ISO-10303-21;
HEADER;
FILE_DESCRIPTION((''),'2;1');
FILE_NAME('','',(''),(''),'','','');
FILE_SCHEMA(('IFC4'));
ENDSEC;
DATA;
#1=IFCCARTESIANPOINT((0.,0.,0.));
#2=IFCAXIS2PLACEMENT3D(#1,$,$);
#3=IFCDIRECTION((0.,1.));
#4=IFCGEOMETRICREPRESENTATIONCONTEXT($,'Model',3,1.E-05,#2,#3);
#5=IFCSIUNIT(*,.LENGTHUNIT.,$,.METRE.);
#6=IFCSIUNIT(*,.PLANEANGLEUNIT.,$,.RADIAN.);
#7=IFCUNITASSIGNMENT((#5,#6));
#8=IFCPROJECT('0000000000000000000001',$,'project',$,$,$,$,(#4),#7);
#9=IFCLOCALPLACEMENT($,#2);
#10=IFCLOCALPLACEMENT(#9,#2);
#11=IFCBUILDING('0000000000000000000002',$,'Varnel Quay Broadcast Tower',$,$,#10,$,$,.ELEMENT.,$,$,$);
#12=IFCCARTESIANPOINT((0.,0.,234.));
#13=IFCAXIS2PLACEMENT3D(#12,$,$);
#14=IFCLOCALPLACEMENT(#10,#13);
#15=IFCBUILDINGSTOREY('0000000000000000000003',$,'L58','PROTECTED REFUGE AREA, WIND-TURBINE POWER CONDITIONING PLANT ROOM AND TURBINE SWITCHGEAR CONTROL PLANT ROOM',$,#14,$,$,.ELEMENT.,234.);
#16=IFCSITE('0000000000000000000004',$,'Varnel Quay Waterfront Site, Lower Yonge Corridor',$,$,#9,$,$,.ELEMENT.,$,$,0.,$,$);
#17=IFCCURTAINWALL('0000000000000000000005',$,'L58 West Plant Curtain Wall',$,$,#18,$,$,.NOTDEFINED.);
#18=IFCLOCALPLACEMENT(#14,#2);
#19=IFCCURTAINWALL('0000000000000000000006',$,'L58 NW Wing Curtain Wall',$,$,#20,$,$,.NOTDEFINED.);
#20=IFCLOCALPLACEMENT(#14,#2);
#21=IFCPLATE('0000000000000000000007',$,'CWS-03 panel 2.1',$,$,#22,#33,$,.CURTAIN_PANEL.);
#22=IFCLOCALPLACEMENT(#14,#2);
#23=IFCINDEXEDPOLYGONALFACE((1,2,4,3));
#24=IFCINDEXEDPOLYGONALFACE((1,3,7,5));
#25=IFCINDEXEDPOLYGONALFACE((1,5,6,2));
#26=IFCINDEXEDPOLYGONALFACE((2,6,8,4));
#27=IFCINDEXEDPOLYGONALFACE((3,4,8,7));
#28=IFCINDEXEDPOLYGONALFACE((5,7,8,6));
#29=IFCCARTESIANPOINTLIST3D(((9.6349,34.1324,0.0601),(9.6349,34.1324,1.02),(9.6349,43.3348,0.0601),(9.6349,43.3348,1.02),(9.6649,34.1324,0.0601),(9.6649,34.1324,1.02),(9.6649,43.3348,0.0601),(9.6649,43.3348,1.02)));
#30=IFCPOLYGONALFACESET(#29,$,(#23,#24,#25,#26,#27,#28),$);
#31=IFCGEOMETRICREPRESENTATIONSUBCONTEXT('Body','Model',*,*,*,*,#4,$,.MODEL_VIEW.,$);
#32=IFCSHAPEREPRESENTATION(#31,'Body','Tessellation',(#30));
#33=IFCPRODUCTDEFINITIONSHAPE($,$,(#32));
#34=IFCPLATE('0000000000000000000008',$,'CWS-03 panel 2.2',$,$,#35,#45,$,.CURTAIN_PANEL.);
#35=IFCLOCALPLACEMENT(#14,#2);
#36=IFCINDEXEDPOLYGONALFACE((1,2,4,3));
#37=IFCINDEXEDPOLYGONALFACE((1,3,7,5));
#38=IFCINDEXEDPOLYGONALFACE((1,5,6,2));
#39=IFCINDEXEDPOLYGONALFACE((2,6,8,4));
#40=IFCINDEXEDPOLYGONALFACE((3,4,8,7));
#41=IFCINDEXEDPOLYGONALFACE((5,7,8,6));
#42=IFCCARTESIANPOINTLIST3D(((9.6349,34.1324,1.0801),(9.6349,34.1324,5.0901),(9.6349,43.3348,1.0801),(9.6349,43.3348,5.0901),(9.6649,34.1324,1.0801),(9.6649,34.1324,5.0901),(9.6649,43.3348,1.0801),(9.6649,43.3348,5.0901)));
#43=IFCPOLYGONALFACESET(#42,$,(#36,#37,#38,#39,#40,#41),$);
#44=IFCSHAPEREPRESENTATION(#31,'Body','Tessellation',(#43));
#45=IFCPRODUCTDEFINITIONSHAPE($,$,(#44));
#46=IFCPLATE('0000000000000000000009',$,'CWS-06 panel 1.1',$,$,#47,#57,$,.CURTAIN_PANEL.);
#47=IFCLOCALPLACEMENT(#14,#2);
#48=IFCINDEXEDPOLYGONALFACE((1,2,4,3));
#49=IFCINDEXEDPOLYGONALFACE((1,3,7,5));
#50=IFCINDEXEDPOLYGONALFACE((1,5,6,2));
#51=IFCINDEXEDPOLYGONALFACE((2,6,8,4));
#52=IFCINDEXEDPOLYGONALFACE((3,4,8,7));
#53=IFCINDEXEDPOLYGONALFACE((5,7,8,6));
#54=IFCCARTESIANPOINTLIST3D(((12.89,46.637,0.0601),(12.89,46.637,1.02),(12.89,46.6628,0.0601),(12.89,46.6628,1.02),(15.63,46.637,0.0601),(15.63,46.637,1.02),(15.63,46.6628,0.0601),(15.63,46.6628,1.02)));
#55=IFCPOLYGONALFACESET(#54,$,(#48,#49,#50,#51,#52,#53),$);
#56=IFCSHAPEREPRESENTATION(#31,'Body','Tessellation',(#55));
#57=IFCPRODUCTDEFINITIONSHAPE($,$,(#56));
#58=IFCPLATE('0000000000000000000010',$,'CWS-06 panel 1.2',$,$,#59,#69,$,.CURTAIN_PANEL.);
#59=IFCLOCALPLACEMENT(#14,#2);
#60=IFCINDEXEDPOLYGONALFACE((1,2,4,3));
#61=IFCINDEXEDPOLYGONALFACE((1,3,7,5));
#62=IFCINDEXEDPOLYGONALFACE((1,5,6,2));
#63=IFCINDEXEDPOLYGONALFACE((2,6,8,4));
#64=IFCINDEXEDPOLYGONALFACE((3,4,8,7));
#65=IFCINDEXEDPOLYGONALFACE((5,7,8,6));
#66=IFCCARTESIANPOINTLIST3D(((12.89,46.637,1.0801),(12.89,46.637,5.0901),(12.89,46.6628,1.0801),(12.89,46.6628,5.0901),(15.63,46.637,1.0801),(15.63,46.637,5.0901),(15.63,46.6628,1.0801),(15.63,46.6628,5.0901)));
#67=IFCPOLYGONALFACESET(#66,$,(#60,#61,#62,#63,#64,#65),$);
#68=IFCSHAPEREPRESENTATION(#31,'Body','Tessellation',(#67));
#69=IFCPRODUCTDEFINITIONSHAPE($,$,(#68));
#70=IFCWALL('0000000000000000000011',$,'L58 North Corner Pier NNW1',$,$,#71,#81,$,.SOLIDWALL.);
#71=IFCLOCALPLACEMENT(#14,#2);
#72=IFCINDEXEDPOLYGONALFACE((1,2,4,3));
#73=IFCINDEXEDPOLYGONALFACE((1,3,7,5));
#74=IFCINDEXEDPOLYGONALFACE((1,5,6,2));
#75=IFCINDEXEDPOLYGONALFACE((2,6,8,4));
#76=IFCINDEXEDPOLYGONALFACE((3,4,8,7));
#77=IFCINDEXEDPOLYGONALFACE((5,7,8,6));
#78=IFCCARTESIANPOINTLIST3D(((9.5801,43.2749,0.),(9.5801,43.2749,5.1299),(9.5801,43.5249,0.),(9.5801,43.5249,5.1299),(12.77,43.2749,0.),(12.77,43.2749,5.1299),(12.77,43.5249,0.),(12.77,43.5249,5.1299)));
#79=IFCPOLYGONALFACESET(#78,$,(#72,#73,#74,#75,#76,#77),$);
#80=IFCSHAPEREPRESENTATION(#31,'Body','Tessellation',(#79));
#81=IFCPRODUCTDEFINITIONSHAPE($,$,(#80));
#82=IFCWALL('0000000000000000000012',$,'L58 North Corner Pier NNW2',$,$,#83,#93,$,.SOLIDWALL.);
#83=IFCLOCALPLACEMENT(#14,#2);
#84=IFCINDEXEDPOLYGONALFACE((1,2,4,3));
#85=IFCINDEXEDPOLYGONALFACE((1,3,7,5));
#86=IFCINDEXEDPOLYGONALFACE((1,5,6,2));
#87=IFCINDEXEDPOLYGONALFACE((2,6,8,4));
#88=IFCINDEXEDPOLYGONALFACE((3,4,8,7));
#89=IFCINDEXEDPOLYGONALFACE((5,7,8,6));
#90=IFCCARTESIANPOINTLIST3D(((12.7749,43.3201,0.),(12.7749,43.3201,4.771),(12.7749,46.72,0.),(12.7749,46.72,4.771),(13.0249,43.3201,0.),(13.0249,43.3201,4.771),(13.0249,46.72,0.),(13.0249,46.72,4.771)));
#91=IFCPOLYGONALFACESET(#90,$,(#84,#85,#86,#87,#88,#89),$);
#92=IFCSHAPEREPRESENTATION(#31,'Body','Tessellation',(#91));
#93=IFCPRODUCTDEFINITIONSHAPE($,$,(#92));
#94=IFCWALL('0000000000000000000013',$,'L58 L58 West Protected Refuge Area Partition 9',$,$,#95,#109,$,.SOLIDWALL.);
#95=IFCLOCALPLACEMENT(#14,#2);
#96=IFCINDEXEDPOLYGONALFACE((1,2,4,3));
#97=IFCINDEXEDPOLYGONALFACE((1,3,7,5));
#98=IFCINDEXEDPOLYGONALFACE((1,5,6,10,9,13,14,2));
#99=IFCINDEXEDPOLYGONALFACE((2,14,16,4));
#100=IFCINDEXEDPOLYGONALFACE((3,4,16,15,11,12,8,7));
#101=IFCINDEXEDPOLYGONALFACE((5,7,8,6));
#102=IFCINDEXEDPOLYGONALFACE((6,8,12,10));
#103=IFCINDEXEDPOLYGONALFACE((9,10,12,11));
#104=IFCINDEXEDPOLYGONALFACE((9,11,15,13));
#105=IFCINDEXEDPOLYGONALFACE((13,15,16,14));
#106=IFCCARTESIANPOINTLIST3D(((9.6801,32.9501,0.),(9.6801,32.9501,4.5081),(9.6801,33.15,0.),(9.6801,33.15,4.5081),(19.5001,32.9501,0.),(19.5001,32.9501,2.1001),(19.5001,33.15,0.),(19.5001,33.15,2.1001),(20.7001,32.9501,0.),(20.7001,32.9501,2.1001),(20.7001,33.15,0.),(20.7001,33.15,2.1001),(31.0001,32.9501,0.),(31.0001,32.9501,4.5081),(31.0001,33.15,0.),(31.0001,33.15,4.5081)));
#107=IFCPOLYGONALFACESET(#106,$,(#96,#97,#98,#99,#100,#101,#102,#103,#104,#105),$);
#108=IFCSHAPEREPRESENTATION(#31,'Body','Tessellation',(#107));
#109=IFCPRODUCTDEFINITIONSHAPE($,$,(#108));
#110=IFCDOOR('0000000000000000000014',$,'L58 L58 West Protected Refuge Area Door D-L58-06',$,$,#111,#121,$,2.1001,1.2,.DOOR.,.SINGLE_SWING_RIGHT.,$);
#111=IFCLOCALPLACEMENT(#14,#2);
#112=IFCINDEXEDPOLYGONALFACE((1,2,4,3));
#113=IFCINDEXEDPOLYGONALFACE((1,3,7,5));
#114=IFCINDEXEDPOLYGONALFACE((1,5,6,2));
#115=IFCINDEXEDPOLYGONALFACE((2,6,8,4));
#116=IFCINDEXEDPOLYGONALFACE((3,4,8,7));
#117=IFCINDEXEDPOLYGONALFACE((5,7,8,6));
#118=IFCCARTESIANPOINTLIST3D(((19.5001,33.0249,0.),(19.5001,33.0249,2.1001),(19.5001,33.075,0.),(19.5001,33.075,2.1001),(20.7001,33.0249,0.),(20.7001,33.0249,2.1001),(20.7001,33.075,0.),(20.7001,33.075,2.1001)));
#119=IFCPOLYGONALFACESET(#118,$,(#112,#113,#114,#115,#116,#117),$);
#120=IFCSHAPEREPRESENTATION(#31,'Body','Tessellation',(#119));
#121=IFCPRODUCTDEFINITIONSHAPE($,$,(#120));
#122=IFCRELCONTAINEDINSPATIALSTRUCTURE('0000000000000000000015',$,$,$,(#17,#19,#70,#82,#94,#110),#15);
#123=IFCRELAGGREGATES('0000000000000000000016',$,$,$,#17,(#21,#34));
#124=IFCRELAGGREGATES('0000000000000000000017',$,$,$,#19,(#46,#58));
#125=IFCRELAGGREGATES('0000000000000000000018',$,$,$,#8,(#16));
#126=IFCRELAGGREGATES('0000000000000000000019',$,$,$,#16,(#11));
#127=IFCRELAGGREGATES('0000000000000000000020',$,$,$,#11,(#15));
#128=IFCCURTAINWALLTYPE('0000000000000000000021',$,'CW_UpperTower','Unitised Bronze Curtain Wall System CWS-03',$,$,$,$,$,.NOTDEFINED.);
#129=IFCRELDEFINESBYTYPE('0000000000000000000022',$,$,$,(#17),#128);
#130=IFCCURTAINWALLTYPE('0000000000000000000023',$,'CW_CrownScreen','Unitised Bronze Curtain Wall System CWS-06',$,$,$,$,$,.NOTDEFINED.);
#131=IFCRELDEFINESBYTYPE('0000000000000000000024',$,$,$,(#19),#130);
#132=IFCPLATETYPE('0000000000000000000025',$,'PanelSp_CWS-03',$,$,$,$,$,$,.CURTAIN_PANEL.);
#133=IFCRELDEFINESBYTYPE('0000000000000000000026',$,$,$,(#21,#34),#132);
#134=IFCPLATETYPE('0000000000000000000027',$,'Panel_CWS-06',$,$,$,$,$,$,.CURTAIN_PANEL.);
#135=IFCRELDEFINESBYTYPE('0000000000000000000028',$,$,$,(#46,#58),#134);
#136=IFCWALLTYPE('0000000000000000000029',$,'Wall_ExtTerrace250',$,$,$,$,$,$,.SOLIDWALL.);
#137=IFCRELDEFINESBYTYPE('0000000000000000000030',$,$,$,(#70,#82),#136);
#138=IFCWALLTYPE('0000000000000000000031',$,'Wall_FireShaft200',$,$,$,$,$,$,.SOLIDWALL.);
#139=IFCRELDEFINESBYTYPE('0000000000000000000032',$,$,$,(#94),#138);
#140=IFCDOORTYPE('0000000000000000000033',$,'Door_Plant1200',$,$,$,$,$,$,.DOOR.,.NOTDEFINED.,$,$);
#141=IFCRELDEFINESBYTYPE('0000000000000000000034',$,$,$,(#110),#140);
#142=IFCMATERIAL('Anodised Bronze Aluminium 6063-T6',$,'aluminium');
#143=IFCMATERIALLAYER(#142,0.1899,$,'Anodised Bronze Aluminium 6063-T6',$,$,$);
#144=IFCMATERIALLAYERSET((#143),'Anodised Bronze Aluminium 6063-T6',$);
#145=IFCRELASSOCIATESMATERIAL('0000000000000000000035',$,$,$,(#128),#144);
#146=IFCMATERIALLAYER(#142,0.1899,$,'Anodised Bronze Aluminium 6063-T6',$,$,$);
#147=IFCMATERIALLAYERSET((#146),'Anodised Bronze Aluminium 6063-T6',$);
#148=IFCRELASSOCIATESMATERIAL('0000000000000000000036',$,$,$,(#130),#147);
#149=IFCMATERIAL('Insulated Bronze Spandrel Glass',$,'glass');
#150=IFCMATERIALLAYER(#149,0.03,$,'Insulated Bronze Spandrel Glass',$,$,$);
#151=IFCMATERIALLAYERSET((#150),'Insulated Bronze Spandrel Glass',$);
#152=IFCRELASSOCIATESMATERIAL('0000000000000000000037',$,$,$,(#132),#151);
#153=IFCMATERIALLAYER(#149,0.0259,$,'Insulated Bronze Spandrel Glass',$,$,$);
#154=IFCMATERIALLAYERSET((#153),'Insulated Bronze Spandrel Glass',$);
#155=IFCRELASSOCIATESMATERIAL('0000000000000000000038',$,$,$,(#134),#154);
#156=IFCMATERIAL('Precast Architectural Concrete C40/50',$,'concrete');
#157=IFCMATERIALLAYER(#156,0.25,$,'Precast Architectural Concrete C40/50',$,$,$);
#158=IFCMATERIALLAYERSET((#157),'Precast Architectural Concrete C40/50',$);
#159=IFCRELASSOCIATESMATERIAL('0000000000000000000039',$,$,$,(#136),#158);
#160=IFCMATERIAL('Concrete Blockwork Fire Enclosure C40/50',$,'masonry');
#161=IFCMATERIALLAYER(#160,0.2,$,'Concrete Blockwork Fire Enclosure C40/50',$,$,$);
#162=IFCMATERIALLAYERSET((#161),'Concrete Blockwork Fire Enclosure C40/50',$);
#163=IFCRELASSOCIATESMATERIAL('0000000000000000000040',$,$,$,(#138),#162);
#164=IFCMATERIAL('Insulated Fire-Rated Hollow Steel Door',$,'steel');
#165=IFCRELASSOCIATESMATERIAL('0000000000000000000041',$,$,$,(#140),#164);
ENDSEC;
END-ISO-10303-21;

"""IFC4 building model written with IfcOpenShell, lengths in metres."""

from ifc_helpers import new_model, si_unit, direction, frame, frame_2d, origin, origin_2d, place, context, subcontext, project, spatial, rectangle, extrude, source, transform, mapped, material, layer, layer_set, type_object, type_shapes, element, fill, aggregate, save


model = new_model("IFC4")

# Units and contexts
model_context = context("Model", 3, precision=1e-05, world=origin(), true_north=direction((0.0, 1.0)))
body_context = subcontext(model_context, "Body", "Model", "MODEL_VIEW")
ifc_project = project(units=[si_unit("LENGTHUNIT", "METRE"), si_unit("PLANEANGLEUNIT", "RADIAN")], contexts=[model_context])

# Site, building, storey
site_placement = place(None, origin())
site = spatial("IfcSite", under=ifc_project, at=site_placement, Name="Varnel Quay Waterfront Site, Lower Yonge Corridor", CompositionType="ELEMENT", RefElevation=0.0)
building_placement = place(site_placement, origin())
building = spatial("IfcBuilding", under=site, at=building_placement, Name="Varnel Quay Broadcast Tower", CompositionType="ELEMENT")
storey_placement = place(building_placement, frame((0.0, 0.0, 234.0)))
storey = spatial("IfcBuildingStorey", under=building, at=storey_placement, Name="L58", Description="PROTECTED REFUGE AREA, WIND-TURBINE POWER CONDITIONING PLANT ROOM AND TURBINE SWITCHGEAR CONTROL PLANT ROOM", CompositionType="ELEMENT", Elevation=234.0)

# Curtain walls
ifc_material_1 = material(Name="Anodised Bronze Aluminium 6063-T6", Category="aluminium")
ifc_layer_1 = layer(ifc_material_1, 0.1899, Name="Anodised Bronze Aluminium 6063-T6")
ifc_layer_set_1 = layer_set([ifc_layer_1], Name="Anodised Bronze Aluminium 6063-T6")
curtain_wall_type_1 = type_object("IfcCurtainWallType", Name="CW_UpperTower", Description="Unitised Bronze Curtain Wall System CWS-03", PredefinedType="NOTDEFINED", material=ifc_layer_set_1)
curtain_wall_1_placement = place(storey_placement, origin())
curtain_wall_1 = element("IfcCurtainWall", 1, at=curtain_wall_1_placement, inside=storey, type_object=curtain_wall_type_1, Name="L58 West Plant Curtain Wall", PredefinedType="NOTDEFINED")
ifc_layer_2 = layer(ifc_material_1, 0.1899, Name="Anodised Bronze Aluminium 6063-T6")
ifc_layer_set_2 = layer_set([ifc_layer_2], Name="Anodised Bronze Aluminium 6063-T6")
curtain_wall_type_2 = type_object("IfcCurtainWallType", Name="CW_CrownScreen", Description="Unitised Bronze Curtain Wall System CWS-06", PredefinedType="NOTDEFINED", material=ifc_layer_set_2)
curtain_wall_2_placement = place(storey_placement, origin())
curtain_wall_2 = element("IfcCurtainWall", 2, at=curtain_wall_2_placement, inside=storey, type_object=curtain_wall_type_2, Name="L58 NW Wing Curtain Wall", PredefinedType="NOTDEFINED")

# Plates
ifc_material_2 = material(Name="Insulated Bronze Spandrel Glass", Category="glass")
ifc_layer_3 = layer(ifc_material_2, 0.03, Name="Insulated Bronze Spandrel Glass")
ifc_layer_set_3 = layer_set([ifc_layer_3], Name="Insulated Bronze Spandrel Glass")
plate_type_1 = type_object("IfcPlateType", Name="PanelSp_CWS-03", PredefinedType="CURTAIN_PANEL", material=ifc_layer_set_3)
shared_shape_1 = source(origin(), body_context, "Body", "SweptSolid", [
    extrude(rectangle(XDim=9.2024, YDim=0.03, at=origin_2d()), origin(), (0.0, 0.0, 1.0), 0.96),
])
plate_1_placement = place(storey_placement, frame((9.6499, 38.7336, 0.0601), z_axis=(0.0, 0.0, 1.0), x_axis=(0.0, 1.0, 0.0)))
plate_1 = element("IfcPlate", 3, at=plate_1_placement, type_object=plate_type_1, Name="CWS-03 panel 2.1", PredefinedType="CURTAIN_PANEL", context=body_context, shape_type="MappedRepresentation", body=[
    mapped(shared_shape_1, transform((0.0, 0.0, 0.0), x_axis=(1.0, 0.0, 0.0), y_axis=(0.0, 1.0, 0.0), z_axis=(0.0, 0.0, 1.0), scale=1.0)),
])
shared_shape_2 = source(origin(), body_context, "Body", "SweptSolid", [
    extrude(rectangle(XDim=9.2024, YDim=0.03, at=origin_2d()), origin(), (0.0, 0.0, 1.0), 4.01),
])
type_shapes(plate_type_1, [shared_shape_1, shared_shape_2])
plate_2_placement = place(storey_placement, frame((9.6499, 38.7336, 1.0801), z_axis=(0.0, 0.0, 1.0), x_axis=(0.0, 1.0, 0.0)))
plate_2 = element("IfcPlate", 4, at=plate_2_placement, type_object=plate_type_1, Name="CWS-03 panel 2.2", PredefinedType="CURTAIN_PANEL", context=body_context, shape_type="MappedRepresentation", body=[
    mapped(shared_shape_2, transform((0.0, 0.0, 0.0), x_axis=(1.0, 0.0, 0.0), y_axis=(0.0, 1.0, 0.0), z_axis=(0.0, 0.0, 1.0), scale=1.0)),
])
aggregate(curtain_wall_1, [plate_1, plate_2])
ifc_layer_4 = layer(ifc_material_2, 0.0259, Name="Insulated Bronze Spandrel Glass")
ifc_layer_set_4 = layer_set([ifc_layer_4], Name="Insulated Bronze Spandrel Glass")
plate_type_2 = type_object("IfcPlateType", Name="Panel_CWS-06", PredefinedType="CURTAIN_PANEL", material=ifc_layer_set_4)
shared_shape_3 = source(origin(), body_context, "Body", "SweptSolid", [
    extrude(rectangle(XDim=2.74, YDim=0.0259, at=origin_2d()), origin(), (0.0, 0.0, 1.0), 0.96),
])
plate_3_placement = place(storey_placement, frame((14.26, 46.6499, 0.0601), z_axis=(0.0, 0.0, 1.0), x_axis=(1.0, 0.0, 0.0)))
plate_3 = element("IfcPlate", 5, at=plate_3_placement, type_object=plate_type_2, Name="CWS-06 panel 1.1", PredefinedType="CURTAIN_PANEL", context=body_context, shape_type="MappedRepresentation", body=[
    mapped(shared_shape_3, transform((0.0, 0.0, 0.0), x_axis=(1.0, 0.0, 0.0), y_axis=(0.0, 1.0, 0.0), z_axis=(0.0, 0.0, 1.0), scale=1.0)),
])
shared_shape_4 = source(origin(), body_context, "Body", "SweptSolid", [
    extrude(rectangle(XDim=2.74, YDim=0.0259, at=origin_2d()), origin(), (0.0, 0.0, 1.0), 4.01),
])
type_shapes(plate_type_2, [shared_shape_3, shared_shape_4])
plate_4_placement = place(storey_placement, frame((14.26, 46.6499, 1.0801), z_axis=(0.0, 0.0, 1.0), x_axis=(1.0, 0.0, 0.0)))
plate_4 = element("IfcPlate", 6, at=plate_4_placement, type_object=plate_type_2, Name="CWS-06 panel 1.2", PredefinedType="CURTAIN_PANEL", context=body_context, shape_type="MappedRepresentation", body=[
    mapped(shared_shape_4, transform((0.0, 0.0, 0.0), x_axis=(1.0, 0.0, 0.0), y_axis=(0.0, 1.0, 0.0), z_axis=(0.0, 0.0, 1.0), scale=1.0)),
])
aggregate(curtain_wall_2, [plate_3, plate_4])

# Walls
ifc_material_3 = material(Name="Precast Architectural Concrete C40/50", Category="concrete")
ifc_layer_5 = layer(ifc_material_3, 0.25, Name="Precast Architectural Concrete C40/50")
ifc_layer_set_5 = layer_set([ifc_layer_5], Name="Precast Architectural Concrete C40/50")
wall_type_1 = type_object("IfcWallType", Name="Wall_ExtTerrace250", PredefinedType="SOLIDWALL", material=ifc_layer_set_5)
wall_1_placement = place(storey_placement, frame((9.5801, 43.3999, 0.0), z_axis=(0.0, 0.0, 1.0), x_axis=(1.0, 0.0, 0.0)))
element("IfcWall", 7, at=wall_1_placement, inside=storey, type_object=wall_type_1, Name="L58 North Corner Pier NNW1", PredefinedType="SOLIDWALL", context=body_context, shape_type="SweptSolid", body=[
    extrude(rectangle(XDim=3.1899, YDim=0.25, at=frame_2d((1.595, 0.0))), origin(), (0.0, 0.0, 1.0), 5.1299),
])
wall_2_placement = place(storey_placement, frame((12.8999, 43.3201, 0.0), z_axis=(0.0, 0.0, 1.0), x_axis=(0.0, 1.0, 0.0)))
element("IfcWall", 8, at=wall_2_placement, inside=storey, type_object=wall_type_1, Name="L58 North Corner Pier NNW2", PredefinedType="SOLIDWALL", context=body_context, shape_type="SweptSolid", body=[
    extrude(rectangle(XDim=3.3999, YDim=0.25, at=frame_2d((1.7, 0.0))), origin(), (0.0, 0.0, 1.0), 4.771),
])

# Wall, opening, door
ifc_material_4 = material(Name="Concrete Blockwork Fire Enclosure C40/50", Category="masonry")
ifc_layer_6 = layer(ifc_material_4, 0.2, Name="Concrete Blockwork Fire Enclosure C40/50")
ifc_layer_set_6 = layer_set([ifc_layer_6], Name="Concrete Blockwork Fire Enclosure C40/50")
wall_type_2 = type_object("IfcWallType", Name="Wall_FireShaft200", PredefinedType="SOLIDWALL", material=ifc_layer_set_6)
wall_3_placement = place(storey_placement, frame((9.6799, 33.05, 0.0), z_axis=(0.0, 0.0, 1.0), x_axis=(1.0, 0.0, 0.0)))
wall_3 = element("IfcWall", 9, at=wall_3_placement, inside=storey, type_object=wall_type_2, Name="L58 L58 West Protected Refuge Area Partition 9", PredefinedType="SOLIDWALL", context=body_context, shape_type="SweptSolid", body=[
    extrude(rectangle(XDim=21.3201, YDim=0.2, at=frame_2d((10.6602, 0.0))), origin(), (0.0, 0.0, 1.0), 4.5081),
])
opening_placement = place(wall_3_placement, frame((9.8201, 0.0, 0.0)))
opening = element("IfcOpeningElement", 10, at=opening_placement, cuts=wall_3, PredefinedType="OPENING", context=body_context, shape_type="SweptSolid", body=[
    extrude(rectangle(XDim=1.2, YDim=2.1001, at=frame_2d((0.6001, 1.05))), frame((0.0, 0.1099, 0.0), z_axis=(0.0, -1.0, 0.0), x_axis=(1.0, 0.0, 0.0)), (0.0, 0.0, 1.0), 0.22),
])
ifc_material_5 = material(Name="Insulated Fire-Rated Hollow Steel Door", Category="steel")
door_type = type_object("IfcDoorType", Name="Door_Plant1200", OperationType="NOTDEFINED", PredefinedType="DOOR", material=ifc_material_5)
shared_shape_5 = source(origin(), body_context, "Body", "SweptSolid", [
    extrude(rectangle(XDim=1.2, YDim=2.1001, at=frame_2d((0.6001, 1.05))), frame((0.0, 0.0249, 0.0), z_axis=(0.0, -1.0, 0.0), x_axis=(1.0, 0.0, 0.0)), (0.0, 0.0, 1.0), 0.05),
])
type_shapes(door_type, [shared_shape_5])
door_placement = place(opening_placement, origin())
door = element("IfcDoor", 11, at=door_placement, inside=storey, type_object=door_type, Name="L58 L58 West Protected Refuge Area Door D-L58-06", OperationType="SINGLE_SWING_RIGHT", OverallHeight=2.1001, OverallWidth=1.2, PredefinedType="DOOR", context=body_context, shape_type="MappedRepresentation", body=[
    mapped(shared_shape_5, transform((0.0, 0.0, 0.0), x_axis=(1.0, 0.0, 0.0), y_axis=(0.0, 1.0, 0.0), z_axis=(0.0, 0.0, 1.0), scale=1.0)),
])
fill(opening, door)

save(model, "model.ifc")
